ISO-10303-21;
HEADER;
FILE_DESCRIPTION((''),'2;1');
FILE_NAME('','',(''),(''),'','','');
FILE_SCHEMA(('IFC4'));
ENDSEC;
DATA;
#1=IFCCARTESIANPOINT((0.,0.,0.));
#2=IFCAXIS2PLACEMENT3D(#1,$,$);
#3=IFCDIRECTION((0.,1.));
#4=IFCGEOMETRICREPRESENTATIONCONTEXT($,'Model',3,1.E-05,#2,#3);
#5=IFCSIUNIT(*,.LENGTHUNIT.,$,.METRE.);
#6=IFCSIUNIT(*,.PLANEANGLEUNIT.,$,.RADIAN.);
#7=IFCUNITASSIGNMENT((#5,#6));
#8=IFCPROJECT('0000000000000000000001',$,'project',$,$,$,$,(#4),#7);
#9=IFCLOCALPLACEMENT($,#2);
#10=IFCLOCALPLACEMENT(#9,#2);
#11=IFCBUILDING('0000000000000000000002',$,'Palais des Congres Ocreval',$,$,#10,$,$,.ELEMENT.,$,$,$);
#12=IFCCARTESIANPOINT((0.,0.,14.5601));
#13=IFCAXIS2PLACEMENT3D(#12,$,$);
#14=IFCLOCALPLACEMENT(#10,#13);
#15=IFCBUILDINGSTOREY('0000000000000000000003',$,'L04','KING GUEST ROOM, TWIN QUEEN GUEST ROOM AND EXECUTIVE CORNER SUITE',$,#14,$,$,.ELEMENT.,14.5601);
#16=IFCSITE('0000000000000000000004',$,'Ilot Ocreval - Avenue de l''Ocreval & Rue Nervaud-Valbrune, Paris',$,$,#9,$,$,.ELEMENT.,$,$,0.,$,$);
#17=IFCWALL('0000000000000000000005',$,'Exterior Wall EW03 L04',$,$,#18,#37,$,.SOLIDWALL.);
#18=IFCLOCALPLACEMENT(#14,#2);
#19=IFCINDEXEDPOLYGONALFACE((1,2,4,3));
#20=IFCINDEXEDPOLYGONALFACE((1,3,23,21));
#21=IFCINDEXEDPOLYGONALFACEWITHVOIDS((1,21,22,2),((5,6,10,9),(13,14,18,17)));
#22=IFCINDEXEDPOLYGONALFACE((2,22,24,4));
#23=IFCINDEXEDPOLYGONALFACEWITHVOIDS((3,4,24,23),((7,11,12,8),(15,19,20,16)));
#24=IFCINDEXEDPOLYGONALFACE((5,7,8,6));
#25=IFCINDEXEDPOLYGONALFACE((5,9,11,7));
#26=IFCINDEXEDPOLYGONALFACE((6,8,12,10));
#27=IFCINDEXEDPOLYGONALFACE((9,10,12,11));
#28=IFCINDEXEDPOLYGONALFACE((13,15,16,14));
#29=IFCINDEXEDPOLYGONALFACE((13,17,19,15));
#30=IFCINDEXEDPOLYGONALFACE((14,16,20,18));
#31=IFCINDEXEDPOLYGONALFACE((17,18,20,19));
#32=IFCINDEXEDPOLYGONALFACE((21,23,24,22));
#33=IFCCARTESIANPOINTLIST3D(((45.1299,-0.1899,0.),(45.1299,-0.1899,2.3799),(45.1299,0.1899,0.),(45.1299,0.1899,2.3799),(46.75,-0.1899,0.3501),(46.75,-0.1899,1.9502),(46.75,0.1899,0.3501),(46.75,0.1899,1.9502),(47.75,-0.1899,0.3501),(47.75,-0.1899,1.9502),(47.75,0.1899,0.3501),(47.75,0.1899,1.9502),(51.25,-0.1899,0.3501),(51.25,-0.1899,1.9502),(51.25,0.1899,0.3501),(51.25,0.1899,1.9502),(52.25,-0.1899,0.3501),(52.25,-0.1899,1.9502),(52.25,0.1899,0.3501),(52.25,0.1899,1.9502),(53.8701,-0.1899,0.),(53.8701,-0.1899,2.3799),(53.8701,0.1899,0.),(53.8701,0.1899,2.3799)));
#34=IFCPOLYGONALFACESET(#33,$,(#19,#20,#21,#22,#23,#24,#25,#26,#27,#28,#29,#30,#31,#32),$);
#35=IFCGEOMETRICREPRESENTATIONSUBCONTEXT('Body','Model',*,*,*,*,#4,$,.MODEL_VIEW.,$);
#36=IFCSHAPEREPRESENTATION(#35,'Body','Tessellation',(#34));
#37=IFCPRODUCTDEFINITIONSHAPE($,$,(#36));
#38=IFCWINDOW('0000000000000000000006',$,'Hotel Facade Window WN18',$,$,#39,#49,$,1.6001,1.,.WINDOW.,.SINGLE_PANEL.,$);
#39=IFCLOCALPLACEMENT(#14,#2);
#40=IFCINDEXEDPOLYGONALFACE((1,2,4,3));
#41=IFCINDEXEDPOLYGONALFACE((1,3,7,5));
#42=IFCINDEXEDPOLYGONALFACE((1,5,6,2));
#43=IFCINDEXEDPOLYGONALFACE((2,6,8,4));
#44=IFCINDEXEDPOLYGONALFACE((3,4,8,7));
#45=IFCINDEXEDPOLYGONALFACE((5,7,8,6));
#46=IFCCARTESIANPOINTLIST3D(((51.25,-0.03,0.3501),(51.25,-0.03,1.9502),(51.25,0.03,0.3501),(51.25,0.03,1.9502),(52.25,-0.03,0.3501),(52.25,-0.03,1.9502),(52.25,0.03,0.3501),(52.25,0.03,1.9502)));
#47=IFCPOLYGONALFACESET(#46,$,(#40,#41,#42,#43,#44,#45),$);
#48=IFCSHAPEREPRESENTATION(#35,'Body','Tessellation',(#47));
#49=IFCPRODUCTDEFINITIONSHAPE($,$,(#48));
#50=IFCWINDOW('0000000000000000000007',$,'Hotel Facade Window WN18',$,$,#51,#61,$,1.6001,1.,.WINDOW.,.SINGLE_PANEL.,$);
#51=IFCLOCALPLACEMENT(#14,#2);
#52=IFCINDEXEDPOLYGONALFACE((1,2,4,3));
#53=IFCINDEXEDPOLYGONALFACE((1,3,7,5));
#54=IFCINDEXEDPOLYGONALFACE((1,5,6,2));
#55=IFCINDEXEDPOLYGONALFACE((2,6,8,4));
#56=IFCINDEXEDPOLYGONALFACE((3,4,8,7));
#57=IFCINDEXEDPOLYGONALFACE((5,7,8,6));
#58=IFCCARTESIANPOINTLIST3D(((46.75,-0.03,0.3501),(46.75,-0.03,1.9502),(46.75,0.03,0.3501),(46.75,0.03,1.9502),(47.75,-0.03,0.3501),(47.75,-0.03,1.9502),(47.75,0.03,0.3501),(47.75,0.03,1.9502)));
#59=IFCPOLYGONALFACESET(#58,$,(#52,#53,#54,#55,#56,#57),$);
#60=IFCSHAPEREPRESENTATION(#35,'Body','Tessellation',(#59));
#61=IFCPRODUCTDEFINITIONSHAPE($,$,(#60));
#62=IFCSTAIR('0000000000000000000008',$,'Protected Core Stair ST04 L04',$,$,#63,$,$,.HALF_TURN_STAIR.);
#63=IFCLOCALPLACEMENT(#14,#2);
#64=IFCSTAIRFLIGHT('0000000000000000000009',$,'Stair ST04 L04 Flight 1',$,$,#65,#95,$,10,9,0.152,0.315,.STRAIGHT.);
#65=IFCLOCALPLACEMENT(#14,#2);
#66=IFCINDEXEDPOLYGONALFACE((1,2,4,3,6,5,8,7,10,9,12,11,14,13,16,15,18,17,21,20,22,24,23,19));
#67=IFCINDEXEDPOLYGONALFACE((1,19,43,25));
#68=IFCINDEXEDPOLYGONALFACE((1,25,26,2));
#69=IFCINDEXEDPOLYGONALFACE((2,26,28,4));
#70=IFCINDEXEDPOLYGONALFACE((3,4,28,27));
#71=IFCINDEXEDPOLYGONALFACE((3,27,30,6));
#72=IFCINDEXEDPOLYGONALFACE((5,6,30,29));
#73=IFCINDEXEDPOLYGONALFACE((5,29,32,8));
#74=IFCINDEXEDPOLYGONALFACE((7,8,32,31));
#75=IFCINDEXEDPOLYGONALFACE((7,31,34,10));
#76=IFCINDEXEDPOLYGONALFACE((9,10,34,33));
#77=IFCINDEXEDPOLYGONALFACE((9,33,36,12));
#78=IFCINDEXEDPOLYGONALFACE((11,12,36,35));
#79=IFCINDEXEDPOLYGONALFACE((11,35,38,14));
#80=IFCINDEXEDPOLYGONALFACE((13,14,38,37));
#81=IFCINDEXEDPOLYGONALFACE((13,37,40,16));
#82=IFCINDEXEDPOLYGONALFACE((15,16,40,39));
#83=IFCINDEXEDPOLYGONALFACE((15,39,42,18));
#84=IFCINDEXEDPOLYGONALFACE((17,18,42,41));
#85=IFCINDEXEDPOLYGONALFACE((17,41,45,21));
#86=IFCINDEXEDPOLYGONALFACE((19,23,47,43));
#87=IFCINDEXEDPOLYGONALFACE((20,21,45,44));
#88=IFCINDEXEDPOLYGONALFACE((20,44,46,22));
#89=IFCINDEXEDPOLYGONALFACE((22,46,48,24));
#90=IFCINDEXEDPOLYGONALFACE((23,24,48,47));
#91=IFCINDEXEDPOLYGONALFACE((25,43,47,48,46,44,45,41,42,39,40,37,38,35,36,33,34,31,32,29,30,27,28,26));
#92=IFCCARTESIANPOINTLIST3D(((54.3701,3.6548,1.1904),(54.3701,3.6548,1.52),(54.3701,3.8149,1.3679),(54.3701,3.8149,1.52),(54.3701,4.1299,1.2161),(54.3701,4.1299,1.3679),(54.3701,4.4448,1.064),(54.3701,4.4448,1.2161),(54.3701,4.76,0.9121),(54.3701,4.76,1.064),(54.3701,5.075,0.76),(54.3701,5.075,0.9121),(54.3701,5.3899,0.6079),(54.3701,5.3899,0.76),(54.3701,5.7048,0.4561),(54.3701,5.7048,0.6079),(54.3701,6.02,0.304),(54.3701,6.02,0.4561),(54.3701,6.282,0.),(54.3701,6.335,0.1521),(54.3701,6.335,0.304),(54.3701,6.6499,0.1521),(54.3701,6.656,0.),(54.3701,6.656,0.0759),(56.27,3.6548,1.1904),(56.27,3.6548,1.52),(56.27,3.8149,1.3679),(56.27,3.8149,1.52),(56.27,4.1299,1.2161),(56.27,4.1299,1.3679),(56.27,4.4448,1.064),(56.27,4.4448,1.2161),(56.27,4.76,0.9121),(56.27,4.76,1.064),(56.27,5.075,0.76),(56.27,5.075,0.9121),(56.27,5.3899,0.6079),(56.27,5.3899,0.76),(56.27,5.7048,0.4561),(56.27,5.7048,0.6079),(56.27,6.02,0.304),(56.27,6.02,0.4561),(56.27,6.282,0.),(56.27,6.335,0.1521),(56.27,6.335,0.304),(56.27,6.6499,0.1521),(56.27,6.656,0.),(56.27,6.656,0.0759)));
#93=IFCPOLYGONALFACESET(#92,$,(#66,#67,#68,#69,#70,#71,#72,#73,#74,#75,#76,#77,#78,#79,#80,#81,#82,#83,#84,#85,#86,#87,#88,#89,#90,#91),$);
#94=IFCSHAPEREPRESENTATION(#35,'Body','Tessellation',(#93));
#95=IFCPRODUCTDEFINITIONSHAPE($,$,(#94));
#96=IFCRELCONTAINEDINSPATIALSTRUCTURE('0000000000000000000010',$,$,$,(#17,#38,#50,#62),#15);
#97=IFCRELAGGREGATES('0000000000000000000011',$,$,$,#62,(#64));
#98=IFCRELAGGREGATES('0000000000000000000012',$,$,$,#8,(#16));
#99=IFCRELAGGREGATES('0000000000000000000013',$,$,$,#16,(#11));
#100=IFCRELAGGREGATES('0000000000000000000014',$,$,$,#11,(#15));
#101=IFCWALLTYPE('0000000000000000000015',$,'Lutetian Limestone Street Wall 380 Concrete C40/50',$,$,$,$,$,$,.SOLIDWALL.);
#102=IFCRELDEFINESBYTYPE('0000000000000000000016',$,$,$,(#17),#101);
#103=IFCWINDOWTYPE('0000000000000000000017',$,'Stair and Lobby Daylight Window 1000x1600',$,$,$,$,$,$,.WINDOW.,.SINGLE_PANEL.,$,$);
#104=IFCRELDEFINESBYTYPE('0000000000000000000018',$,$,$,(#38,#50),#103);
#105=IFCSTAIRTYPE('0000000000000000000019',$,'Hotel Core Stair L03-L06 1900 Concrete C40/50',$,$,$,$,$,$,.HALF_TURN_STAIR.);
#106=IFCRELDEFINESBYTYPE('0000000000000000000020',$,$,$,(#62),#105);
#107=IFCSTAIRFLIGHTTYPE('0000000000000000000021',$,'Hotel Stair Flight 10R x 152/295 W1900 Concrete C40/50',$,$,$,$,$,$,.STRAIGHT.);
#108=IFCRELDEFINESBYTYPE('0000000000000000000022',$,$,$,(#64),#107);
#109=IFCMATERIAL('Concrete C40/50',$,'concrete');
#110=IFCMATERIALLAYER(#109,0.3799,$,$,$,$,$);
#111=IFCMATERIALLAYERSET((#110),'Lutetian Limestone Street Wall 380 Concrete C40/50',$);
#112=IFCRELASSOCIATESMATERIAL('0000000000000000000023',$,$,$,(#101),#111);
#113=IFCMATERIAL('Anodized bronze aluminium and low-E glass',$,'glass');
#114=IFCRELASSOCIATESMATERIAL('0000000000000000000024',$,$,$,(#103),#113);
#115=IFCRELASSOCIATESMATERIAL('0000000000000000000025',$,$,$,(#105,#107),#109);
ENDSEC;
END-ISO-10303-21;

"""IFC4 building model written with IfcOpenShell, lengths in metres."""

from ifc_helpers import new_model, si_unit, direction, frame, frame_2d, origin, place, context, subcontext, project, spatial, polyline, rectangle, outline, extrude, material, layer, layer_set, type_object, element, fill, aggregate, save


model = new_model("IFC4")

# Units and contexts
model_context = context("Model", 3, precision=1e-05, world=origin(), true_north=direction((0.0, 1.0)))
body_context = subcontext(model_context, "Body", "Model", "MODEL_VIEW")
ifc_project = project(units=[si_unit("LENGTHUNIT", "METRE"), si_unit("PLANEANGLEUNIT", "RADIAN")], contexts=[model_context])

# Site, building, storey
site_placement = place(None, origin())
site = spatial("IfcSite", under=ifc_project, at=site_placement, Name="Ilot Ocreval - Avenue de l'Ocreval & Rue Nervaud-Valbrune, Paris", CompositionType="ELEMENT", RefElevation=0.0)
building_placement = place(site_placement, origin())
building = spatial("IfcBuilding", under=site, at=building_placement, Name="Palais des Congres Ocreval", CompositionType="ELEMENT")
storey_placement = place(building_placement, frame((0.0, 0.0, 14.5601)))
storey = spatial("IfcBuildingStorey", under=building, at=storey_placement, Name="L04", Description="KING GUEST ROOM, TWIN QUEEN GUEST ROOM AND EXECUTIVE CORNER SUITE", CompositionType="ELEMENT", Elevation=14.5601)

# Shared definitions
ifc_material_1 = material(Name="Concrete C40/50", Category="concrete")

# Wall, openings, windows
ifc_layer_1 = layer(ifc_material_1, 0.3799)
ifc_layer_set_1 = layer_set([ifc_layer_1], Name="Lutetian Limestone Street Wall 380 Concrete C40/50")
wall_type_1 = type_object("IfcWallType", Name="Lutetian Limestone Street Wall 380 Concrete C40/50", PredefinedType="SOLIDWALL", material=ifc_layer_set_1)
wall_1_placement = place(storey_placement, frame((53.8701, 0.0, 0.0), z_axis=(0.0, 0.0, 1.0), x_axis=(-1.0, 0.0, 0.0)))
wall_1 = element("IfcWall", 1, at=wall_1_placement, inside=storey, type_object=wall_type_1, Name="Exterior Wall EW03 L04", PredefinedType="SOLIDWALL", context=body_context, shape_type="SweptSolid", body=[
    extrude(rectangle(XDim=8.7402, YDim=0.3799, at=frame_2d((4.3701, 0.0))), origin(), (0.0, 0.0, 1.0), 2.3799),
])
opening_1_placement = place(wall_1_placement, frame((1.6201, 0.0, 0.3501)))
opening_1 = element("IfcOpeningElement", 2, at=opening_1_placement, cuts=wall_1, PredefinedType="OPENING", context=body_context, shape_type="SweptSolid", body=[
    extrude(rectangle(XDim=1.0, YDim=1.6001, at=frame_2d((0.5, 0.8))), frame((0.0, 0.2, 0.0), z_axis=(0.0, -1.0, 0.0), x_axis=(1.0, 0.0, 0.0)), (0.0, 0.0, 1.0), 0.3999),
])
opening_2_placement = place(wall_1_placement, frame((6.1201, 0.0, 0.3501)))
opening_2 = element("IfcOpeningElement", 3, at=opening_2_placement, cuts=wall_1, PredefinedType="OPENING", context=body_context, shape_type="SweptSolid", body=[
    extrude(rectangle(XDim=1.0, YDim=1.6001, at=frame_2d((0.5, 0.8))), frame((0.0, 0.2, 0.0), z_axis=(0.0, -1.0, 0.0), x_axis=(1.0, 0.0, 0.0)), (0.0, 0.0, 1.0), 0.3999),
])
ifc_material_2 = material(Name="Anodized bronze aluminium and low-E glass", Category="glass")
window_type = type_object("IfcWindowType", Name="Stair and Lobby Daylight Window 1000x1600", PartitioningType="SINGLE_PANEL", PredefinedType="WINDOW", material=ifc_material_2)
window_1_placement = place(opening_1_placement, origin())
window_1 = element("IfcWindow", 4, at=window_1_placement, inside=storey, type_object=window_type, Name="Hotel Facade Window WN18", OverallHeight=1.6001, OverallWidth=1.0, PartitioningType="SINGLE_PANEL", PredefinedType="WINDOW", context=body_context, shape_type="SweptSolid", body=[
    extrude(rectangle(XDim=1.0, YDim=1.6001, at=frame_2d((0.5, 0.8))), frame((0.0, 0.03, 0.0), z_axis=(0.0, -1.0, 0.0), x_axis=(1.0, 0.0, 0.0)), (0.0, 0.0, 1.0), 0.0601),
])
fill(opening_1, window_1)
window_2_placement = place(opening_2_placement, origin())
window_2 = element("IfcWindow", 5, at=window_2_placement, inside=storey, type_object=window_type, Name="Hotel Facade Window WN18", OverallHeight=1.6001, OverallWidth=1.0, PartitioningType="SINGLE_PANEL", PredefinedType="WINDOW", context=body_context, shape_type="SweptSolid", body=[
    extrude(rectangle(XDim=1.0, YDim=1.6001, at=frame_2d((0.5, 0.8))), frame((0.0, 0.03, 0.0), z_axis=(0.0, -1.0, 0.0), x_axis=(1.0, 0.0, 0.0)), (0.0, 0.0, 1.0), 0.0601),
])
fill(opening_2, window_2)

# Stair, stair flight
stair_type = type_object("IfcStairType", Name="Hotel Core Stair L03-L06 1900 Concrete C40/50", PredefinedType="HALF_TURN_STAIR", material=ifc_material_1)
stair_placement = place(storey_placement, origin())
stair = element("IfcStair", 6, at=stair_placement, inside=storey, type_object=stair_type, Name="Protected Core Stair ST04 L04", PredefinedType="HALF_TURN_STAIR")
stair_flight_type = type_object("IfcStairFlightType", Name="Hotel Stair Flight 10R x 152/295 W1900 Concrete C40/50", PredefinedType="STRAIGHT", material=ifc_material_1)
stair_flight_placement = place(storey_placement, frame((55.3201, 6.6499, 0.0), z_axis=(0.0, 0.0, 1.0), x_axis=(0.0, -1.0, 0.0)))
stair_flight = element("IfcStairFlight", 7, at=stair_flight_placement, type_object=stair_flight_type, Name="Stair ST04 L04 Flight 1", NumberOfRisers=10, NumberOfTreads=9, PredefinedType="STRAIGHT", RiserHeight=0.152, TreadLength=0.315, context=body_context, shape_type="SweptSolid", body=[
    extrude(outline(polyline([(-0.0061, 0.0), (-0.0061, 0.0759), (0.0, 0.1521), (0.3149, 0.1521), (0.3149, 0.304), (0.6299, 0.304), (0.6299, 0.4561), (0.9451, 0.4561), (0.9451, 0.6079), (1.26, 0.6079), (1.26, 0.76), (1.575, 0.76), (1.575, 0.9121), (1.8899, 0.9121), (1.8899, 1.064), (2.2051, 1.064), (2.2051, 1.2161), (2.52, 1.2161), (2.52, 1.3679), (2.835, 1.3679), (2.835, 1.52), (2.9951, 1.52), (2.9951, 1.1904), (0.3679, 0.0), (-0.0061, 0.0)])), frame((0.0, 0.95, 0.0), z_axis=(0.0, -1.0, 0.0), x_axis=(1.0, 0.0, 0.0)), (0.0, 0.0, 1.0), 1.8999),
])
aggregate(stair, [stair_flight])

save(model, "model.ifc")
